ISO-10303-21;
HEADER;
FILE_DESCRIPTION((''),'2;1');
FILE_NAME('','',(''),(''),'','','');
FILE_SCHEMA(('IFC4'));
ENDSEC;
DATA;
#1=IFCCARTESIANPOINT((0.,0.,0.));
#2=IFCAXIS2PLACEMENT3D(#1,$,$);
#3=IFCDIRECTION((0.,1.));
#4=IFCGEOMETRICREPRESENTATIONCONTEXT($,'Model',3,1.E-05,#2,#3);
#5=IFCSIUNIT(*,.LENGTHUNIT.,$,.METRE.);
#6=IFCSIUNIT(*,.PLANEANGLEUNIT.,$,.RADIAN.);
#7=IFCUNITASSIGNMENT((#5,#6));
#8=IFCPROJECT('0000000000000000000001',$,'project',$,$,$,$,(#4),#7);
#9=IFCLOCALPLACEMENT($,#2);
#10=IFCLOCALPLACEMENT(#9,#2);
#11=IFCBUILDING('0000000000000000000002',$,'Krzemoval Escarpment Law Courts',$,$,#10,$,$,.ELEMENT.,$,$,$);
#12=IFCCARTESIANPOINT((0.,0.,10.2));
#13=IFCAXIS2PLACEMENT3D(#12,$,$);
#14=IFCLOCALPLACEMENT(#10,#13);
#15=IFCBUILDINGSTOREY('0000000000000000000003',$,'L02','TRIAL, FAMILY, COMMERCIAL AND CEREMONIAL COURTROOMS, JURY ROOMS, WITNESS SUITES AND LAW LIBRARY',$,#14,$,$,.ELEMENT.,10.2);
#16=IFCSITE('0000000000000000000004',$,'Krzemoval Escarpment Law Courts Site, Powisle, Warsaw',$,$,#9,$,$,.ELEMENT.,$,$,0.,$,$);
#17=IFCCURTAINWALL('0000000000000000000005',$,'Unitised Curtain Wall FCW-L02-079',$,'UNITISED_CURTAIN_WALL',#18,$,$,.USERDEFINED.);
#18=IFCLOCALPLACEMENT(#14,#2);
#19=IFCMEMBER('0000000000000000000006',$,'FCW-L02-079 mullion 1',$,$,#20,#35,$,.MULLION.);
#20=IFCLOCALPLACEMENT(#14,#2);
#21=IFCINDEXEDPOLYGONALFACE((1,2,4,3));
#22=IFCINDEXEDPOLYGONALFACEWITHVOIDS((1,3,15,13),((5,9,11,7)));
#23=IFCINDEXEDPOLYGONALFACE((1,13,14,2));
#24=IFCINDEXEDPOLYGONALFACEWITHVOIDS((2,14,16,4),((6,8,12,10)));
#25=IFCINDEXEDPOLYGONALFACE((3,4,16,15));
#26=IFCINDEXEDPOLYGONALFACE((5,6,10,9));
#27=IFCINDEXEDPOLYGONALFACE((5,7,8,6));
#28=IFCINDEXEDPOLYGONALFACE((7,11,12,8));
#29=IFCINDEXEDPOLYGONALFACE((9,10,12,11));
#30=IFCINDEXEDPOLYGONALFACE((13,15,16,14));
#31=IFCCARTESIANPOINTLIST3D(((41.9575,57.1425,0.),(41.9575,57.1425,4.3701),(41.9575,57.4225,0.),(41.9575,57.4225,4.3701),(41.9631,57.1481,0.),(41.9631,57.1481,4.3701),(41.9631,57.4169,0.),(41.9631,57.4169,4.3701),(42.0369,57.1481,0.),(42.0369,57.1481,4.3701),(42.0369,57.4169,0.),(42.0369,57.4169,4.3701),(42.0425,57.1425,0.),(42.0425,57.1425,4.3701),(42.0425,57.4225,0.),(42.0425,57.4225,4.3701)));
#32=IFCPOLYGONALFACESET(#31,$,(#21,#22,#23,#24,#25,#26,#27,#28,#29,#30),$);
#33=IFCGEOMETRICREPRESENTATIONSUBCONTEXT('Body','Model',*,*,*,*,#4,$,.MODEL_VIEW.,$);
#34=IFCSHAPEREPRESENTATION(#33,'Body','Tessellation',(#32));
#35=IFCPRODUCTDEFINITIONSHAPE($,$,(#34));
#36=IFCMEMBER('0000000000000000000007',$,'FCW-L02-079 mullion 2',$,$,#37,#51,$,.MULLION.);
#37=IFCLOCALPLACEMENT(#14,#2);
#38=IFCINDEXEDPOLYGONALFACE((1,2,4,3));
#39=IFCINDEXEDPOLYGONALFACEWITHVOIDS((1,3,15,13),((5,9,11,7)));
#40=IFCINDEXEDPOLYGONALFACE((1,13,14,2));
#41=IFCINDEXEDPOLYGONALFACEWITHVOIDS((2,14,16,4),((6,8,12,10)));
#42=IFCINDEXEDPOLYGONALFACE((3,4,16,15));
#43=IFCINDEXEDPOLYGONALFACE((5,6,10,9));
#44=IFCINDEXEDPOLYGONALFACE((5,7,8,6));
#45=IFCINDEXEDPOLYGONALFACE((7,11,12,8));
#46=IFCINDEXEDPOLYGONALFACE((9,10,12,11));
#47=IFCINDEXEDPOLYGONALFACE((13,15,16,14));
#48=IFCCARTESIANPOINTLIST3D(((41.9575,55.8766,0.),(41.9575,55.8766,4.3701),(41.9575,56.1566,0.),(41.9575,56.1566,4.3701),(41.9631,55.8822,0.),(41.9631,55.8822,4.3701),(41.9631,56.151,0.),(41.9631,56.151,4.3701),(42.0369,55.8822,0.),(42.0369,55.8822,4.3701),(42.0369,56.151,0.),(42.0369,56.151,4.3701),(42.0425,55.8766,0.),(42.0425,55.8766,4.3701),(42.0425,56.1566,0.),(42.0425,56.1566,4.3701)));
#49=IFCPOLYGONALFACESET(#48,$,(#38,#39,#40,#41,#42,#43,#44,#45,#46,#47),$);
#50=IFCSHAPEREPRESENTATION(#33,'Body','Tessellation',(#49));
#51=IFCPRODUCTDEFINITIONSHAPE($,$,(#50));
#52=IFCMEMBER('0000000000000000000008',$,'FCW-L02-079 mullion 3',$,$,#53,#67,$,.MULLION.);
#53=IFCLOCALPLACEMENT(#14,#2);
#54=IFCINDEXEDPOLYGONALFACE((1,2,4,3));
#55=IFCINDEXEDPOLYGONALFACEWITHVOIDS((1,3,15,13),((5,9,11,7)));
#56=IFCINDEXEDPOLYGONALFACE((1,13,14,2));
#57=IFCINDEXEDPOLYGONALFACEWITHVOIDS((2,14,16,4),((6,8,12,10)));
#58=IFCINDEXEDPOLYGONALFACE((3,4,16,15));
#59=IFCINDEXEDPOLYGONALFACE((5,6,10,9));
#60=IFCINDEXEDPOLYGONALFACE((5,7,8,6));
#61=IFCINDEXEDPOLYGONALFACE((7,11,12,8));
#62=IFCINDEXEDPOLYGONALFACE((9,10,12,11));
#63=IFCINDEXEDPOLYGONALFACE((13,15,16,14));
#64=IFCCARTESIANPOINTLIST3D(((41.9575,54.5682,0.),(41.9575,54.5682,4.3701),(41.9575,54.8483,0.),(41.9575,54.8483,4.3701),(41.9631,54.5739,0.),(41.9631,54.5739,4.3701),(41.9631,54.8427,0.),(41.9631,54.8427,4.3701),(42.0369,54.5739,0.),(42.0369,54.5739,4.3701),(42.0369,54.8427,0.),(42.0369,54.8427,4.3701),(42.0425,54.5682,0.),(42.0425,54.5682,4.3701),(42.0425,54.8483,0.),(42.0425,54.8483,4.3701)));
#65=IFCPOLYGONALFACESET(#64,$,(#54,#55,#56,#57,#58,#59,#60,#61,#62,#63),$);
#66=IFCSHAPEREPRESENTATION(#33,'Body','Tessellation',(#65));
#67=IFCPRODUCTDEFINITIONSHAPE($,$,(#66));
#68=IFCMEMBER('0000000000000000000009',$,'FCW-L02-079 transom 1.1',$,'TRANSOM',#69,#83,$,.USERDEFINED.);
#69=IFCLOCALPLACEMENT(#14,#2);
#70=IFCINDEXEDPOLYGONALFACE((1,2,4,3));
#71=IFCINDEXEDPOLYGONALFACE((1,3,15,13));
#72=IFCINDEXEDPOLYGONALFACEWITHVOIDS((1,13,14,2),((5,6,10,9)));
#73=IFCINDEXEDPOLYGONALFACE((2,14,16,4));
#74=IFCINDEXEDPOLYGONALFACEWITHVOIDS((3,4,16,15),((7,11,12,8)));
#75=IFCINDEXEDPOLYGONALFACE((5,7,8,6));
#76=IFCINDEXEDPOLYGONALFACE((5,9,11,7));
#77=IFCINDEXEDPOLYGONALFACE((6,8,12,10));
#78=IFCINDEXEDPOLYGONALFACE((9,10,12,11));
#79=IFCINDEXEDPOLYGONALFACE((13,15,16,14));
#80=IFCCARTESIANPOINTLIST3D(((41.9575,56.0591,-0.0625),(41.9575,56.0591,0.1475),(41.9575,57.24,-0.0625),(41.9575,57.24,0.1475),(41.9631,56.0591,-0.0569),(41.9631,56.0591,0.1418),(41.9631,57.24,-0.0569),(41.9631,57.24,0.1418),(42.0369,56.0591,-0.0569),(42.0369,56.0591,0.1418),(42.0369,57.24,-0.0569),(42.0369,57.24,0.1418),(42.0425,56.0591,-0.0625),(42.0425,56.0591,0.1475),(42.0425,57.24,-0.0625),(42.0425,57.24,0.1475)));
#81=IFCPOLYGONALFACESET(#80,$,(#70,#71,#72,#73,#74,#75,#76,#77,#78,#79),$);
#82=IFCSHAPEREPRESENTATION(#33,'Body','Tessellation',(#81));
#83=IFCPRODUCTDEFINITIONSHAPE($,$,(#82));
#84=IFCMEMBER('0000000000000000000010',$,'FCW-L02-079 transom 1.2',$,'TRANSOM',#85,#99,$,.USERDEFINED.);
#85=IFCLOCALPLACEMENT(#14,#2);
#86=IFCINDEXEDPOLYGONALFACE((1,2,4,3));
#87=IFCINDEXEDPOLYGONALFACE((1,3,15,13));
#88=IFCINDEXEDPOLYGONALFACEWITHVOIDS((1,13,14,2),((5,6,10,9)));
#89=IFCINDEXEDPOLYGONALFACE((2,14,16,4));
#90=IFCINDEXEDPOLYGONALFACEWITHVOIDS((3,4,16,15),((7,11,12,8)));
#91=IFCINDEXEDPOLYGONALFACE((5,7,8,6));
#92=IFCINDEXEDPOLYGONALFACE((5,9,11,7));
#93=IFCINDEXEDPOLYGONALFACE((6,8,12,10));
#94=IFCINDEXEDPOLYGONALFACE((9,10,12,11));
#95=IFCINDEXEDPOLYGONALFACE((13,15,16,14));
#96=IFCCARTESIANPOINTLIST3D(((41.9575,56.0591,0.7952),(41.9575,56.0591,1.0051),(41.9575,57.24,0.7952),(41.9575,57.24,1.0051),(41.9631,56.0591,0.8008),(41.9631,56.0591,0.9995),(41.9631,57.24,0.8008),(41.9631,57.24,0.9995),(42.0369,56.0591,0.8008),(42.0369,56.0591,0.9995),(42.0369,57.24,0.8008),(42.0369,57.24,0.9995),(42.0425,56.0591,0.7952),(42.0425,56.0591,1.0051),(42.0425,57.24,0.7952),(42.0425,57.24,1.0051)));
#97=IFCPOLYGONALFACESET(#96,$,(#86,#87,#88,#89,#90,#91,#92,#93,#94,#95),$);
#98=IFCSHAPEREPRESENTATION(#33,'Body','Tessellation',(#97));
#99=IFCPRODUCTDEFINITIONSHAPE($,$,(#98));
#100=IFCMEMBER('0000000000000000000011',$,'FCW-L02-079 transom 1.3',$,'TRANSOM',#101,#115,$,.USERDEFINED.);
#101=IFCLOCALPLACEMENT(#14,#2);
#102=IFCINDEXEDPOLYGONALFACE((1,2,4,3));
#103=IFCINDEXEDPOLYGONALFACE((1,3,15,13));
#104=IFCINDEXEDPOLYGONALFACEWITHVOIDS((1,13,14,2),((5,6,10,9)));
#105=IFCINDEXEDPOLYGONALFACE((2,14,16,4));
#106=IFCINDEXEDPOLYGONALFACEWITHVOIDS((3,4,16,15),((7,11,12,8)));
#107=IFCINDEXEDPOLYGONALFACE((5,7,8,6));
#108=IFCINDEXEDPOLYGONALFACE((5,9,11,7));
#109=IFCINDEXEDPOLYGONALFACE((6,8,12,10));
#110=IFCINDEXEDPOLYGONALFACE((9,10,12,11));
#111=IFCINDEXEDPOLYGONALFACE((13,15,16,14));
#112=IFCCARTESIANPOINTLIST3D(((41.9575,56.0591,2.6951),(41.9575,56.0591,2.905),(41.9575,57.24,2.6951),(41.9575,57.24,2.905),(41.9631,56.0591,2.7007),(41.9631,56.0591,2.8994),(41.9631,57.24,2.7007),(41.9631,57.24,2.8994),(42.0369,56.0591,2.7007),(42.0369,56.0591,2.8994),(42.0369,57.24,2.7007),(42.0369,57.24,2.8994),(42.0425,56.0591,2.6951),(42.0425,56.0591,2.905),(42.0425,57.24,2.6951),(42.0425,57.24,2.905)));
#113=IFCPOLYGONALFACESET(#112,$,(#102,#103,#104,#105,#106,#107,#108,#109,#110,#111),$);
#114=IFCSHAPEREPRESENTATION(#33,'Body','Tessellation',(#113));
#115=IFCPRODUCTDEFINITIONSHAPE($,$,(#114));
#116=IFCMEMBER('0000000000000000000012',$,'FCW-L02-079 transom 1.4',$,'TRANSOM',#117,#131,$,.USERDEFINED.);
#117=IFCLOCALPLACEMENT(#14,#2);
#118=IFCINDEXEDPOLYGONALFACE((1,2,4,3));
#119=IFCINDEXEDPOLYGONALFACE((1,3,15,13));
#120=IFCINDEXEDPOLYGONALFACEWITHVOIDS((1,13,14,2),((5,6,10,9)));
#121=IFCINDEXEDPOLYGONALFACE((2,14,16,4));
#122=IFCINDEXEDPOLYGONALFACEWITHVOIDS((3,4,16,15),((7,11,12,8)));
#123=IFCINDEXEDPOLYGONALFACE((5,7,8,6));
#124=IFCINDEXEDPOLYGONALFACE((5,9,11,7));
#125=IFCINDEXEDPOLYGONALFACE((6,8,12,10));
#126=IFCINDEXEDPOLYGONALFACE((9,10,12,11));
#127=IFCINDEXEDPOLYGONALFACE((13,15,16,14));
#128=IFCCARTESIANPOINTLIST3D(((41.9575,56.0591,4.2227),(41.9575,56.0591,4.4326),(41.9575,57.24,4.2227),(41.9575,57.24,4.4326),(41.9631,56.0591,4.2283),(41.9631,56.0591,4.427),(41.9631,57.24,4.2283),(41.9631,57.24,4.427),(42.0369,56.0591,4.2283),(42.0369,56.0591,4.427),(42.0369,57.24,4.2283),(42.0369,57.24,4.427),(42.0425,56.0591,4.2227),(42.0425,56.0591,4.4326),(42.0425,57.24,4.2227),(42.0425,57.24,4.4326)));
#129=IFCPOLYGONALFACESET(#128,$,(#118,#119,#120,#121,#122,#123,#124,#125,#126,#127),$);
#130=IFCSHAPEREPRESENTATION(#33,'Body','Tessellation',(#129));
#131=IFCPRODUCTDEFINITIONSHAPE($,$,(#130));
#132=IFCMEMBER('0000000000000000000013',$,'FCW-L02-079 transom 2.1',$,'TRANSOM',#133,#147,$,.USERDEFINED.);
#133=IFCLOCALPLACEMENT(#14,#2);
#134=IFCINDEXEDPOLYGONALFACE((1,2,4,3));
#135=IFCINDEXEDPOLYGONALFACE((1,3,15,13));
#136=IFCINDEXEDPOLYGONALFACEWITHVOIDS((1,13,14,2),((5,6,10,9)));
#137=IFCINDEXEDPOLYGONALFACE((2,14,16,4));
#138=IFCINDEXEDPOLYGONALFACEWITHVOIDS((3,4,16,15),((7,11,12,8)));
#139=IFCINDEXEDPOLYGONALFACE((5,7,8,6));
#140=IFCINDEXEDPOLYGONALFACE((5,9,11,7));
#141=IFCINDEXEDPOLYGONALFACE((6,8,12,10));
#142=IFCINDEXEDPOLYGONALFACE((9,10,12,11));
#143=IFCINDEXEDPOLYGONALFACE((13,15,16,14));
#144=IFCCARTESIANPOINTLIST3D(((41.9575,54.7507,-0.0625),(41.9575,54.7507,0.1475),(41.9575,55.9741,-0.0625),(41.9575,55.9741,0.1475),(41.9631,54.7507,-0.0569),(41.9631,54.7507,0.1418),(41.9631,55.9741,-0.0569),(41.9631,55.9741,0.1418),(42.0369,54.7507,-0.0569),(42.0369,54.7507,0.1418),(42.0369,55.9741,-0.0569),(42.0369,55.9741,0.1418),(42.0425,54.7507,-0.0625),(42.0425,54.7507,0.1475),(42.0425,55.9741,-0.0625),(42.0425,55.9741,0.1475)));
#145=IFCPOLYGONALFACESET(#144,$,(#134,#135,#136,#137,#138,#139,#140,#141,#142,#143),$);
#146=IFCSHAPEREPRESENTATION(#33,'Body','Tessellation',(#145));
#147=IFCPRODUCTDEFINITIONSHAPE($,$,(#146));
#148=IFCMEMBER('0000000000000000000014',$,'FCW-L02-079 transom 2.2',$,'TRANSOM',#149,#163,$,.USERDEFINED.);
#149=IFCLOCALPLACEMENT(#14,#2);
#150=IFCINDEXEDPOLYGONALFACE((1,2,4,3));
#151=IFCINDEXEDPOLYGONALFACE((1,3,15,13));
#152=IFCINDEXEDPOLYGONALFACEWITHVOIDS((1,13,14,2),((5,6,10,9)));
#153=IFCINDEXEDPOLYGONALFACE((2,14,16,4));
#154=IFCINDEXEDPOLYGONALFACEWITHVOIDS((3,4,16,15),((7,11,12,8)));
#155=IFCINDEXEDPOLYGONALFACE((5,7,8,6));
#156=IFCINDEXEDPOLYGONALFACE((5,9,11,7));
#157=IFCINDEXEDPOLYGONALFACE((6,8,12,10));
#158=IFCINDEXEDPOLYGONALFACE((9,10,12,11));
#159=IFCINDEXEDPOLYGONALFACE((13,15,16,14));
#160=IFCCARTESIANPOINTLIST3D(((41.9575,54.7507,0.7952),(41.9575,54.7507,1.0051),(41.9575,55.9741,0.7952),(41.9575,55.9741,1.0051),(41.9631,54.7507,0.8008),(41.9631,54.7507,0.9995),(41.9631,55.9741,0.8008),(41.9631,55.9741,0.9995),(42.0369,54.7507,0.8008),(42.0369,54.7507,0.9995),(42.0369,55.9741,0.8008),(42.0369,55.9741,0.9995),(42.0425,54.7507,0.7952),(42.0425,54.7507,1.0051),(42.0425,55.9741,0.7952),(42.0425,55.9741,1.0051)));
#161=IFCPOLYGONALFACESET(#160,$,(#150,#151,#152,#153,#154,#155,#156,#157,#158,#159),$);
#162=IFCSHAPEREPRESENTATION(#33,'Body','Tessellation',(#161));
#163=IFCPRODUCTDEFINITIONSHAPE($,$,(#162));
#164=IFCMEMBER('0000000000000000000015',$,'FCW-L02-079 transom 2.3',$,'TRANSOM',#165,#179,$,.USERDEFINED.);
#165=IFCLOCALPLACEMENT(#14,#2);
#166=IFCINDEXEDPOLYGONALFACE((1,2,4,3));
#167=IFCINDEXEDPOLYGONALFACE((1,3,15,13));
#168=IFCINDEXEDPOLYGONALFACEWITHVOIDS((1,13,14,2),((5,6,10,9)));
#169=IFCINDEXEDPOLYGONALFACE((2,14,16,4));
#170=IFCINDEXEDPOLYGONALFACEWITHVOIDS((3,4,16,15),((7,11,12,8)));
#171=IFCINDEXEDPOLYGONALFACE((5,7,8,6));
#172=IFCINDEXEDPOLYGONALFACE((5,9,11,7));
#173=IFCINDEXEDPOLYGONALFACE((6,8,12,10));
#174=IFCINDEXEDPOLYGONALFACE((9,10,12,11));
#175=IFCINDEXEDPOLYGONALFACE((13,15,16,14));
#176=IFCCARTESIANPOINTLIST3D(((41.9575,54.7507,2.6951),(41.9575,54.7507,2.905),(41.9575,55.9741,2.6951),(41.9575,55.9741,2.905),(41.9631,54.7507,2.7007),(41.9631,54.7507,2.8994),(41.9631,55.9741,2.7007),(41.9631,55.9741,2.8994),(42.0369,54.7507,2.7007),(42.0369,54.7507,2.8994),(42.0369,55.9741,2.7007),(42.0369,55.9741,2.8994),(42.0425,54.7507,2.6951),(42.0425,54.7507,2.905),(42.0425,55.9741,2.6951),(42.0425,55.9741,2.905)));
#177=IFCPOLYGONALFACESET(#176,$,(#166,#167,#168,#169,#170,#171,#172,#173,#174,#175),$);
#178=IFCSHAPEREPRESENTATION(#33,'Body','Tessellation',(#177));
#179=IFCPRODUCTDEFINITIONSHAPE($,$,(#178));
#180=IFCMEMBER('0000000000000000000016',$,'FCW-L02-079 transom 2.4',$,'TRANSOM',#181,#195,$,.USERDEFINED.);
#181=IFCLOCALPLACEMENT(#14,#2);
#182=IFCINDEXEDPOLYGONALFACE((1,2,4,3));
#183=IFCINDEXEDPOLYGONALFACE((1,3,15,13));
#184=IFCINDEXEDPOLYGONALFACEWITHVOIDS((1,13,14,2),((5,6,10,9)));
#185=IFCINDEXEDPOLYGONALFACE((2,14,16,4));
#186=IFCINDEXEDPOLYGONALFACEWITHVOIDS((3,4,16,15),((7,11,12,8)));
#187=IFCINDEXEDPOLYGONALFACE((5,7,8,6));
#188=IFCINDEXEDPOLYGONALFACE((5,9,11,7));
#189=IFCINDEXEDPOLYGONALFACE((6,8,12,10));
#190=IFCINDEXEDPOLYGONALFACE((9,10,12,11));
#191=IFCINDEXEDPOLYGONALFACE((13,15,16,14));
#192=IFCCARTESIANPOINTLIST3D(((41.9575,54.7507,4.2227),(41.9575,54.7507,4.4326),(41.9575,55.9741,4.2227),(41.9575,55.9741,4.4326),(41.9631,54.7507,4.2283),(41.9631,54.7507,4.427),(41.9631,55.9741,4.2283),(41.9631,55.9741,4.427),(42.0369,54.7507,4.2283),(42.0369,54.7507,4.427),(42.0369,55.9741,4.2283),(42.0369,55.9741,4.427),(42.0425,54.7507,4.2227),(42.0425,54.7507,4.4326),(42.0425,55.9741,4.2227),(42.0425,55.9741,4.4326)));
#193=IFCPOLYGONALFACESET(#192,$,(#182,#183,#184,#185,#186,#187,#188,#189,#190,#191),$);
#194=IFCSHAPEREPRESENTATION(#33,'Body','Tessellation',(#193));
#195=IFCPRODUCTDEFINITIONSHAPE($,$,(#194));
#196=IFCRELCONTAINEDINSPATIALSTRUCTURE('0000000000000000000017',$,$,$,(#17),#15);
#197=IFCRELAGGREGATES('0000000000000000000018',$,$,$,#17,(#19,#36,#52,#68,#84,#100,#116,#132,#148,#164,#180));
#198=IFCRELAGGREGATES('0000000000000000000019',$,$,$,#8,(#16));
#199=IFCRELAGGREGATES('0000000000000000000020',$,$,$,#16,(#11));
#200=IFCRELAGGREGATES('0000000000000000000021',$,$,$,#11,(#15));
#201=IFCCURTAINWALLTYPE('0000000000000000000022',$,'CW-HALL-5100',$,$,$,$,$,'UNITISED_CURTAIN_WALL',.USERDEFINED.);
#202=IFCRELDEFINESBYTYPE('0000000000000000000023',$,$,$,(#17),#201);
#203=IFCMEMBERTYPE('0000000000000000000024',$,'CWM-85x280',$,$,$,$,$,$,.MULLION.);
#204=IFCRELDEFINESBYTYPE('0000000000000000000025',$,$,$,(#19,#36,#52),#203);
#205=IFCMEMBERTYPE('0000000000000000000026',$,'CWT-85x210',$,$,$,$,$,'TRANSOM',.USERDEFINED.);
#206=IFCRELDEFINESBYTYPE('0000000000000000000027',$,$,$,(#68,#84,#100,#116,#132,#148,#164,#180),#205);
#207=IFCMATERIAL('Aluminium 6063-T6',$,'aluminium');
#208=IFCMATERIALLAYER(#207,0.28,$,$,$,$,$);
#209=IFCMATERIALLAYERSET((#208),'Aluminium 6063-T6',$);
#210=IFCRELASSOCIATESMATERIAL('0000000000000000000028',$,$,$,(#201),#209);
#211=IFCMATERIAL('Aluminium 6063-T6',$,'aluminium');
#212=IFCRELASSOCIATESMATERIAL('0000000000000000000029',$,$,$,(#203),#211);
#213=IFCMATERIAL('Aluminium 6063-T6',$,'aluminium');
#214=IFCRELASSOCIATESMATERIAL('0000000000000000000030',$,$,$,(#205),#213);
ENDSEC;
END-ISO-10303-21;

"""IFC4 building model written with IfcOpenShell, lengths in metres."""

from ifc_helpers import new_model, si_unit, direction, frame, origin, origin_2d, place, context, subcontext, project, spatial, hollow_rectangle, extrude, material, layer, layer_set, material_profile, profile_set, type_object, element, aggregate, save


model = new_model("IFC4")

# Units and contexts
model_context = context("Model", 3, precision=1e-05, world=origin(), true_north=direction((0.0, 1.0)))
body_context = subcontext(model_context, "Body", "Model", "MODEL_VIEW")
ifc_project = project(units=[si_unit("LENGTHUNIT", "METRE"), si_unit("PLANEANGLEUNIT", "RADIAN")], contexts=[model_context])

# Site, building, storey
site_placement = place(None, origin())
site = spatial("IfcSite", under=ifc_project, at=site_placement, Name="Krzemoval Escarpment Law Courts Site, Powisle, Warsaw", CompositionType="ELEMENT", RefElevation=0.0)
building_placement = place(site_placement, origin())
building = spatial("IfcBuilding", under=site, at=building_placement, Name="Krzemoval Escarpment Law Courts", CompositionType="ELEMENT")
storey_placement = place(building_placement, frame((0.0, 0.0, 10.2)))
storey = spatial("IfcBuildingStorey", under=building, at=storey_placement, Name="L02", Description="TRIAL, FAMILY, COMMERCIAL AND CEREMONIAL COURTROOMS, JURY ROOMS, WITNESS SUITES AND LAW LIBRARY", CompositionType="ELEMENT", Elevation=10.2)

# Curtain wall, members
ifc_material_1 = material(Name="Aluminium 6063-T6", Category="aluminium")
ifc_layer_1 = layer(ifc_material_1, 0.28)
ifc_layer_set_1 = layer_set([ifc_layer_1], Name="Aluminium 6063-T6")
curtain_wall_type = type_object("IfcCurtainWallType", Name="CW-HALL-5100", ElementType="UNITISED_CURTAIN_WALL", PredefinedType="USERDEFINED", material=ifc_layer_set_1)
curtain_wall_placement = place(storey_placement, origin())
curtain_wall = element("IfcCurtainWall", 1, at=curtain_wall_placement, inside=storey, type_object=curtain_wall_type, Name="Unitised Curtain Wall FCW-L02-079", ObjectType="UNITISED_CURTAIN_WALL", PredefinedType="USERDEFINED")
ifc_material_2 = material(Name="Aluminium 6063-T6", Category="aluminium")
ifc_material_profile_1 = material_profile(ifc_material_2, hollow_rectangle(XDim=0.085, YDim=0.28, WallThickness=0.0056, at=origin_2d()), Name="ALU M85x280")
ifc_profile_set_1 = profile_set([ifc_material_profile_1], Name="Aluminium 6063-T6")
member_type_1 = type_object("IfcMemberType", Name="CWM-85x280", PredefinedType="MULLION", material=ifc_profile_set_1)
member_1_placement = place(storey_placement, frame((42.0, 57.2825, 0.0), z_axis=(0.0, 0.0, 1.0), x_axis=(1.0, 0.0, 0.0)))
member_1 = element("IfcMember", 2, at=member_1_placement, type_object=member_type_1, Name="FCW-L02-079 mullion 1", PredefinedType="MULLION", context=body_context, shape_type="SweptSolid", body=[
    extrude(hollow_rectangle(XDim=0.085, YDim=0.28, WallThickness=0.0056, at=origin_2d()), origin(), (0.0, 0.0, 1.0), 4.3701),
])
member_2_placement = place(storey_placement, frame((42.0, 56.0166, 0.0), z_axis=(0.0, 0.0, 1.0), x_axis=(1.0, 0.0, 0.0)))
member_2 = element("IfcMember", 3, at=member_2_placement, type_object=member_type_1, Name="FCW-L02-079 mullion 2", PredefinedType="MULLION", context=body_context, shape_type="SweptSolid", body=[
    extrude(hollow_rectangle(XDim=0.085, YDim=0.28, WallThickness=0.0056, at=origin_2d()), origin(), (0.0, 0.0, 1.0), 4.3701),
])
member_3_placement = place(storey_placement, frame((42.0, 54.7083, 0.0), z_axis=(0.0, 0.0, 1.0), x_axis=(1.0, 0.0, 0.0)))
member_3 = element("IfcMember", 4, at=member_3_placement, type_object=member_type_1, Name="FCW-L02-079 mullion 3", PredefinedType="MULLION", context=body_context, shape_type="SweptSolid", body=[
    extrude(hollow_rectangle(XDim=0.085, YDim=0.28, WallThickness=0.0056, at=origin_2d()), origin(), (0.0, 0.0, 1.0), 4.3701),
])
ifc_material_3 = material(Name="Aluminium 6063-T6", Category="aluminium")
ifc_material_profile_2 = material_profile(ifc_material_3, hollow_rectangle(XDim=0.085, YDim=0.21, WallThickness=0.0056, at=origin_2d()), Name="ALU T85x210")
ifc_profile_set_2 = profile_set([ifc_material_profile_2], Name="Aluminium 6063-T6")
member_type_2 = type_object("IfcMemberType", Name="CWT-85x210", ElementType="TRANSOM", PredefinedType="USERDEFINED", material=ifc_profile_set_2)
member_4_placement = place(storey_placement, frame((42.0, 57.24, 0.0425), z_axis=(0.0, -1.0, 0.0), x_axis=(1.0, 0.0, 0.0)))
member_4 = element("IfcMember", 5, at=member_4_placement, type_object=member_type_2, Name="FCW-L02-079 transom 1.1", ObjectType="TRANSOM", PredefinedType="USERDEFINED", context=body_context, shape_type="SweptSolid", body=[
    extrude(hollow_rectangle(XDim=0.085, YDim=0.21, WallThickness=0.0056, at=origin_2d()), origin(), (0.0, 0.0, 1.0), 1.1809),
])
member_5_placement = place(storey_placement, frame((42.0, 57.24, 0.9001), z_axis=(0.0, -1.0, 0.0), x_axis=(1.0, 0.0, 0.0)))
member_5 = element("IfcMember", 6, at=member_5_placement, type_object=member_type_2, Name="FCW-L02-079 transom 1.2", ObjectType="TRANSOM", PredefinedType="USERDEFINED", context=body_context, shape_type="SweptSolid", body=[
    extrude(hollow_rectangle(XDim=0.085, YDim=0.21, WallThickness=0.0056, at=origin_2d()), origin(), (0.0, 0.0, 1.0), 1.1809),
])
member_6_placement = place(storey_placement, frame((42.0, 57.24, 2.8), z_axis=(0.0, -1.0, 0.0), x_axis=(1.0, 0.0, 0.0)))
member_6 = element("IfcMember", 7, at=member_6_placement, type_object=member_type_2, Name="FCW-L02-079 transom 1.3", ObjectType="TRANSOM", PredefinedType="USERDEFINED", context=body_context, shape_type="SweptSolid", body=[
    extrude(hollow_rectangle(XDim=0.085, YDim=0.21, WallThickness=0.0056, at=origin_2d()), origin(), (0.0, 0.0, 1.0), 1.1809),
])
member_7_placement = place(storey_placement, frame((42.0, 57.24, 4.3276), z_axis=(0.0, -1.0, 0.0), x_axis=(1.0, 0.0, 0.0)))
member_7 = element("IfcMember", 8, at=member_7_placement, type_object=member_type_2, Name="FCW-L02-079 transom 1.4", ObjectType="TRANSOM", PredefinedType="USERDEFINED", context=body_context, shape_type="SweptSolid", body=[
    extrude(hollow_rectangle(XDim=0.085, YDim=0.21, WallThickness=0.0056, at=origin_2d()), origin(), (0.0, 0.0, 1.0), 1.1809),
])
member_8_placement = place(storey_placement, frame((42.0, 55.9741, 0.0425), z_axis=(0.0, -1.0, 0.0), x_axis=(1.0, 0.0, 0.0)))
member_8 = element("IfcMember", 9, at=member_8_placement, type_object=member_type_2, Name="FCW-L02-079 transom 2.1", ObjectType="TRANSOM", PredefinedType="USERDEFINED", context=body_context, shape_type="SweptSolid", body=[
    extrude(hollow_rectangle(XDim=0.085, YDim=0.21, WallThickness=0.0056, at=origin_2d()), origin(), (0.0, 0.0, 1.0), 1.2234),
])
member_9_placement = place(storey_placement, frame((42.0, 55.9741, 0.9001), z_axis=(0.0, -1.0, 0.0), x_axis=(1.0, 0.0, 0.0)))
member_9 = element("IfcMember", 10, at=member_9_placement, type_object=member_type_2, Name="FCW-L02-079 transom 2.2", ObjectType="TRANSOM", PredefinedType="USERDEFINED", context=body_context, shape_type="SweptSolid", body=[
    extrude(hollow_rectangle(XDim=0.085, YDim=0.21, WallThickness=0.0056, at=origin_2d()), origin(), (0.0, 0.0, 1.0), 1.2234),
])
member_10_placement = place(storey_placement, frame((42.0, 55.9741, 2.8), z_axis=(0.0, -1.0, 0.0), x_axis=(1.0, 0.0, 0.0)))
member_10 = element("IfcMember", 11, at=member_10_placement, type_object=member_type_2, Name="FCW-L02-079 transom 2.3", ObjectType="TRANSOM", PredefinedType="USERDEFINED", context=body_context, shape_type="SweptSolid", body=[
    extrude(hollow_rectangle(XDim=0.085, YDim=0.21, WallThickness=0.0056, at=origin_2d()), origin(), (0.0, 0.0, 1.0), 1.2234),
])
member_11_placement = place(storey_placement, frame((42.0, 55.9741, 4.3276), z_axis=(0.0, -1.0, 0.0), x_axis=(1.0, 0.0, 0.0)))
member_11 = element("IfcMember", 12, at=member_11_placement, type_object=member_type_2, Name="FCW-L02-079 transom 2.4", ObjectType="TRANSOM", PredefinedType="USERDEFINED", context=body_context, shape_type="SweptSolid", body=[
    extrude(hollow_rectangle(XDim=0.085, YDim=0.21, WallThickness=0.0056, at=origin_2d()), origin(), (0.0, 0.0, 1.0), 1.2234),
])

aggregate(curtain_wall, [member_1, member_2, member_3, member_4, member_5, member_6, member_7, member_8, member_9, member_10, member_11])

save(model, "model.ifc")
